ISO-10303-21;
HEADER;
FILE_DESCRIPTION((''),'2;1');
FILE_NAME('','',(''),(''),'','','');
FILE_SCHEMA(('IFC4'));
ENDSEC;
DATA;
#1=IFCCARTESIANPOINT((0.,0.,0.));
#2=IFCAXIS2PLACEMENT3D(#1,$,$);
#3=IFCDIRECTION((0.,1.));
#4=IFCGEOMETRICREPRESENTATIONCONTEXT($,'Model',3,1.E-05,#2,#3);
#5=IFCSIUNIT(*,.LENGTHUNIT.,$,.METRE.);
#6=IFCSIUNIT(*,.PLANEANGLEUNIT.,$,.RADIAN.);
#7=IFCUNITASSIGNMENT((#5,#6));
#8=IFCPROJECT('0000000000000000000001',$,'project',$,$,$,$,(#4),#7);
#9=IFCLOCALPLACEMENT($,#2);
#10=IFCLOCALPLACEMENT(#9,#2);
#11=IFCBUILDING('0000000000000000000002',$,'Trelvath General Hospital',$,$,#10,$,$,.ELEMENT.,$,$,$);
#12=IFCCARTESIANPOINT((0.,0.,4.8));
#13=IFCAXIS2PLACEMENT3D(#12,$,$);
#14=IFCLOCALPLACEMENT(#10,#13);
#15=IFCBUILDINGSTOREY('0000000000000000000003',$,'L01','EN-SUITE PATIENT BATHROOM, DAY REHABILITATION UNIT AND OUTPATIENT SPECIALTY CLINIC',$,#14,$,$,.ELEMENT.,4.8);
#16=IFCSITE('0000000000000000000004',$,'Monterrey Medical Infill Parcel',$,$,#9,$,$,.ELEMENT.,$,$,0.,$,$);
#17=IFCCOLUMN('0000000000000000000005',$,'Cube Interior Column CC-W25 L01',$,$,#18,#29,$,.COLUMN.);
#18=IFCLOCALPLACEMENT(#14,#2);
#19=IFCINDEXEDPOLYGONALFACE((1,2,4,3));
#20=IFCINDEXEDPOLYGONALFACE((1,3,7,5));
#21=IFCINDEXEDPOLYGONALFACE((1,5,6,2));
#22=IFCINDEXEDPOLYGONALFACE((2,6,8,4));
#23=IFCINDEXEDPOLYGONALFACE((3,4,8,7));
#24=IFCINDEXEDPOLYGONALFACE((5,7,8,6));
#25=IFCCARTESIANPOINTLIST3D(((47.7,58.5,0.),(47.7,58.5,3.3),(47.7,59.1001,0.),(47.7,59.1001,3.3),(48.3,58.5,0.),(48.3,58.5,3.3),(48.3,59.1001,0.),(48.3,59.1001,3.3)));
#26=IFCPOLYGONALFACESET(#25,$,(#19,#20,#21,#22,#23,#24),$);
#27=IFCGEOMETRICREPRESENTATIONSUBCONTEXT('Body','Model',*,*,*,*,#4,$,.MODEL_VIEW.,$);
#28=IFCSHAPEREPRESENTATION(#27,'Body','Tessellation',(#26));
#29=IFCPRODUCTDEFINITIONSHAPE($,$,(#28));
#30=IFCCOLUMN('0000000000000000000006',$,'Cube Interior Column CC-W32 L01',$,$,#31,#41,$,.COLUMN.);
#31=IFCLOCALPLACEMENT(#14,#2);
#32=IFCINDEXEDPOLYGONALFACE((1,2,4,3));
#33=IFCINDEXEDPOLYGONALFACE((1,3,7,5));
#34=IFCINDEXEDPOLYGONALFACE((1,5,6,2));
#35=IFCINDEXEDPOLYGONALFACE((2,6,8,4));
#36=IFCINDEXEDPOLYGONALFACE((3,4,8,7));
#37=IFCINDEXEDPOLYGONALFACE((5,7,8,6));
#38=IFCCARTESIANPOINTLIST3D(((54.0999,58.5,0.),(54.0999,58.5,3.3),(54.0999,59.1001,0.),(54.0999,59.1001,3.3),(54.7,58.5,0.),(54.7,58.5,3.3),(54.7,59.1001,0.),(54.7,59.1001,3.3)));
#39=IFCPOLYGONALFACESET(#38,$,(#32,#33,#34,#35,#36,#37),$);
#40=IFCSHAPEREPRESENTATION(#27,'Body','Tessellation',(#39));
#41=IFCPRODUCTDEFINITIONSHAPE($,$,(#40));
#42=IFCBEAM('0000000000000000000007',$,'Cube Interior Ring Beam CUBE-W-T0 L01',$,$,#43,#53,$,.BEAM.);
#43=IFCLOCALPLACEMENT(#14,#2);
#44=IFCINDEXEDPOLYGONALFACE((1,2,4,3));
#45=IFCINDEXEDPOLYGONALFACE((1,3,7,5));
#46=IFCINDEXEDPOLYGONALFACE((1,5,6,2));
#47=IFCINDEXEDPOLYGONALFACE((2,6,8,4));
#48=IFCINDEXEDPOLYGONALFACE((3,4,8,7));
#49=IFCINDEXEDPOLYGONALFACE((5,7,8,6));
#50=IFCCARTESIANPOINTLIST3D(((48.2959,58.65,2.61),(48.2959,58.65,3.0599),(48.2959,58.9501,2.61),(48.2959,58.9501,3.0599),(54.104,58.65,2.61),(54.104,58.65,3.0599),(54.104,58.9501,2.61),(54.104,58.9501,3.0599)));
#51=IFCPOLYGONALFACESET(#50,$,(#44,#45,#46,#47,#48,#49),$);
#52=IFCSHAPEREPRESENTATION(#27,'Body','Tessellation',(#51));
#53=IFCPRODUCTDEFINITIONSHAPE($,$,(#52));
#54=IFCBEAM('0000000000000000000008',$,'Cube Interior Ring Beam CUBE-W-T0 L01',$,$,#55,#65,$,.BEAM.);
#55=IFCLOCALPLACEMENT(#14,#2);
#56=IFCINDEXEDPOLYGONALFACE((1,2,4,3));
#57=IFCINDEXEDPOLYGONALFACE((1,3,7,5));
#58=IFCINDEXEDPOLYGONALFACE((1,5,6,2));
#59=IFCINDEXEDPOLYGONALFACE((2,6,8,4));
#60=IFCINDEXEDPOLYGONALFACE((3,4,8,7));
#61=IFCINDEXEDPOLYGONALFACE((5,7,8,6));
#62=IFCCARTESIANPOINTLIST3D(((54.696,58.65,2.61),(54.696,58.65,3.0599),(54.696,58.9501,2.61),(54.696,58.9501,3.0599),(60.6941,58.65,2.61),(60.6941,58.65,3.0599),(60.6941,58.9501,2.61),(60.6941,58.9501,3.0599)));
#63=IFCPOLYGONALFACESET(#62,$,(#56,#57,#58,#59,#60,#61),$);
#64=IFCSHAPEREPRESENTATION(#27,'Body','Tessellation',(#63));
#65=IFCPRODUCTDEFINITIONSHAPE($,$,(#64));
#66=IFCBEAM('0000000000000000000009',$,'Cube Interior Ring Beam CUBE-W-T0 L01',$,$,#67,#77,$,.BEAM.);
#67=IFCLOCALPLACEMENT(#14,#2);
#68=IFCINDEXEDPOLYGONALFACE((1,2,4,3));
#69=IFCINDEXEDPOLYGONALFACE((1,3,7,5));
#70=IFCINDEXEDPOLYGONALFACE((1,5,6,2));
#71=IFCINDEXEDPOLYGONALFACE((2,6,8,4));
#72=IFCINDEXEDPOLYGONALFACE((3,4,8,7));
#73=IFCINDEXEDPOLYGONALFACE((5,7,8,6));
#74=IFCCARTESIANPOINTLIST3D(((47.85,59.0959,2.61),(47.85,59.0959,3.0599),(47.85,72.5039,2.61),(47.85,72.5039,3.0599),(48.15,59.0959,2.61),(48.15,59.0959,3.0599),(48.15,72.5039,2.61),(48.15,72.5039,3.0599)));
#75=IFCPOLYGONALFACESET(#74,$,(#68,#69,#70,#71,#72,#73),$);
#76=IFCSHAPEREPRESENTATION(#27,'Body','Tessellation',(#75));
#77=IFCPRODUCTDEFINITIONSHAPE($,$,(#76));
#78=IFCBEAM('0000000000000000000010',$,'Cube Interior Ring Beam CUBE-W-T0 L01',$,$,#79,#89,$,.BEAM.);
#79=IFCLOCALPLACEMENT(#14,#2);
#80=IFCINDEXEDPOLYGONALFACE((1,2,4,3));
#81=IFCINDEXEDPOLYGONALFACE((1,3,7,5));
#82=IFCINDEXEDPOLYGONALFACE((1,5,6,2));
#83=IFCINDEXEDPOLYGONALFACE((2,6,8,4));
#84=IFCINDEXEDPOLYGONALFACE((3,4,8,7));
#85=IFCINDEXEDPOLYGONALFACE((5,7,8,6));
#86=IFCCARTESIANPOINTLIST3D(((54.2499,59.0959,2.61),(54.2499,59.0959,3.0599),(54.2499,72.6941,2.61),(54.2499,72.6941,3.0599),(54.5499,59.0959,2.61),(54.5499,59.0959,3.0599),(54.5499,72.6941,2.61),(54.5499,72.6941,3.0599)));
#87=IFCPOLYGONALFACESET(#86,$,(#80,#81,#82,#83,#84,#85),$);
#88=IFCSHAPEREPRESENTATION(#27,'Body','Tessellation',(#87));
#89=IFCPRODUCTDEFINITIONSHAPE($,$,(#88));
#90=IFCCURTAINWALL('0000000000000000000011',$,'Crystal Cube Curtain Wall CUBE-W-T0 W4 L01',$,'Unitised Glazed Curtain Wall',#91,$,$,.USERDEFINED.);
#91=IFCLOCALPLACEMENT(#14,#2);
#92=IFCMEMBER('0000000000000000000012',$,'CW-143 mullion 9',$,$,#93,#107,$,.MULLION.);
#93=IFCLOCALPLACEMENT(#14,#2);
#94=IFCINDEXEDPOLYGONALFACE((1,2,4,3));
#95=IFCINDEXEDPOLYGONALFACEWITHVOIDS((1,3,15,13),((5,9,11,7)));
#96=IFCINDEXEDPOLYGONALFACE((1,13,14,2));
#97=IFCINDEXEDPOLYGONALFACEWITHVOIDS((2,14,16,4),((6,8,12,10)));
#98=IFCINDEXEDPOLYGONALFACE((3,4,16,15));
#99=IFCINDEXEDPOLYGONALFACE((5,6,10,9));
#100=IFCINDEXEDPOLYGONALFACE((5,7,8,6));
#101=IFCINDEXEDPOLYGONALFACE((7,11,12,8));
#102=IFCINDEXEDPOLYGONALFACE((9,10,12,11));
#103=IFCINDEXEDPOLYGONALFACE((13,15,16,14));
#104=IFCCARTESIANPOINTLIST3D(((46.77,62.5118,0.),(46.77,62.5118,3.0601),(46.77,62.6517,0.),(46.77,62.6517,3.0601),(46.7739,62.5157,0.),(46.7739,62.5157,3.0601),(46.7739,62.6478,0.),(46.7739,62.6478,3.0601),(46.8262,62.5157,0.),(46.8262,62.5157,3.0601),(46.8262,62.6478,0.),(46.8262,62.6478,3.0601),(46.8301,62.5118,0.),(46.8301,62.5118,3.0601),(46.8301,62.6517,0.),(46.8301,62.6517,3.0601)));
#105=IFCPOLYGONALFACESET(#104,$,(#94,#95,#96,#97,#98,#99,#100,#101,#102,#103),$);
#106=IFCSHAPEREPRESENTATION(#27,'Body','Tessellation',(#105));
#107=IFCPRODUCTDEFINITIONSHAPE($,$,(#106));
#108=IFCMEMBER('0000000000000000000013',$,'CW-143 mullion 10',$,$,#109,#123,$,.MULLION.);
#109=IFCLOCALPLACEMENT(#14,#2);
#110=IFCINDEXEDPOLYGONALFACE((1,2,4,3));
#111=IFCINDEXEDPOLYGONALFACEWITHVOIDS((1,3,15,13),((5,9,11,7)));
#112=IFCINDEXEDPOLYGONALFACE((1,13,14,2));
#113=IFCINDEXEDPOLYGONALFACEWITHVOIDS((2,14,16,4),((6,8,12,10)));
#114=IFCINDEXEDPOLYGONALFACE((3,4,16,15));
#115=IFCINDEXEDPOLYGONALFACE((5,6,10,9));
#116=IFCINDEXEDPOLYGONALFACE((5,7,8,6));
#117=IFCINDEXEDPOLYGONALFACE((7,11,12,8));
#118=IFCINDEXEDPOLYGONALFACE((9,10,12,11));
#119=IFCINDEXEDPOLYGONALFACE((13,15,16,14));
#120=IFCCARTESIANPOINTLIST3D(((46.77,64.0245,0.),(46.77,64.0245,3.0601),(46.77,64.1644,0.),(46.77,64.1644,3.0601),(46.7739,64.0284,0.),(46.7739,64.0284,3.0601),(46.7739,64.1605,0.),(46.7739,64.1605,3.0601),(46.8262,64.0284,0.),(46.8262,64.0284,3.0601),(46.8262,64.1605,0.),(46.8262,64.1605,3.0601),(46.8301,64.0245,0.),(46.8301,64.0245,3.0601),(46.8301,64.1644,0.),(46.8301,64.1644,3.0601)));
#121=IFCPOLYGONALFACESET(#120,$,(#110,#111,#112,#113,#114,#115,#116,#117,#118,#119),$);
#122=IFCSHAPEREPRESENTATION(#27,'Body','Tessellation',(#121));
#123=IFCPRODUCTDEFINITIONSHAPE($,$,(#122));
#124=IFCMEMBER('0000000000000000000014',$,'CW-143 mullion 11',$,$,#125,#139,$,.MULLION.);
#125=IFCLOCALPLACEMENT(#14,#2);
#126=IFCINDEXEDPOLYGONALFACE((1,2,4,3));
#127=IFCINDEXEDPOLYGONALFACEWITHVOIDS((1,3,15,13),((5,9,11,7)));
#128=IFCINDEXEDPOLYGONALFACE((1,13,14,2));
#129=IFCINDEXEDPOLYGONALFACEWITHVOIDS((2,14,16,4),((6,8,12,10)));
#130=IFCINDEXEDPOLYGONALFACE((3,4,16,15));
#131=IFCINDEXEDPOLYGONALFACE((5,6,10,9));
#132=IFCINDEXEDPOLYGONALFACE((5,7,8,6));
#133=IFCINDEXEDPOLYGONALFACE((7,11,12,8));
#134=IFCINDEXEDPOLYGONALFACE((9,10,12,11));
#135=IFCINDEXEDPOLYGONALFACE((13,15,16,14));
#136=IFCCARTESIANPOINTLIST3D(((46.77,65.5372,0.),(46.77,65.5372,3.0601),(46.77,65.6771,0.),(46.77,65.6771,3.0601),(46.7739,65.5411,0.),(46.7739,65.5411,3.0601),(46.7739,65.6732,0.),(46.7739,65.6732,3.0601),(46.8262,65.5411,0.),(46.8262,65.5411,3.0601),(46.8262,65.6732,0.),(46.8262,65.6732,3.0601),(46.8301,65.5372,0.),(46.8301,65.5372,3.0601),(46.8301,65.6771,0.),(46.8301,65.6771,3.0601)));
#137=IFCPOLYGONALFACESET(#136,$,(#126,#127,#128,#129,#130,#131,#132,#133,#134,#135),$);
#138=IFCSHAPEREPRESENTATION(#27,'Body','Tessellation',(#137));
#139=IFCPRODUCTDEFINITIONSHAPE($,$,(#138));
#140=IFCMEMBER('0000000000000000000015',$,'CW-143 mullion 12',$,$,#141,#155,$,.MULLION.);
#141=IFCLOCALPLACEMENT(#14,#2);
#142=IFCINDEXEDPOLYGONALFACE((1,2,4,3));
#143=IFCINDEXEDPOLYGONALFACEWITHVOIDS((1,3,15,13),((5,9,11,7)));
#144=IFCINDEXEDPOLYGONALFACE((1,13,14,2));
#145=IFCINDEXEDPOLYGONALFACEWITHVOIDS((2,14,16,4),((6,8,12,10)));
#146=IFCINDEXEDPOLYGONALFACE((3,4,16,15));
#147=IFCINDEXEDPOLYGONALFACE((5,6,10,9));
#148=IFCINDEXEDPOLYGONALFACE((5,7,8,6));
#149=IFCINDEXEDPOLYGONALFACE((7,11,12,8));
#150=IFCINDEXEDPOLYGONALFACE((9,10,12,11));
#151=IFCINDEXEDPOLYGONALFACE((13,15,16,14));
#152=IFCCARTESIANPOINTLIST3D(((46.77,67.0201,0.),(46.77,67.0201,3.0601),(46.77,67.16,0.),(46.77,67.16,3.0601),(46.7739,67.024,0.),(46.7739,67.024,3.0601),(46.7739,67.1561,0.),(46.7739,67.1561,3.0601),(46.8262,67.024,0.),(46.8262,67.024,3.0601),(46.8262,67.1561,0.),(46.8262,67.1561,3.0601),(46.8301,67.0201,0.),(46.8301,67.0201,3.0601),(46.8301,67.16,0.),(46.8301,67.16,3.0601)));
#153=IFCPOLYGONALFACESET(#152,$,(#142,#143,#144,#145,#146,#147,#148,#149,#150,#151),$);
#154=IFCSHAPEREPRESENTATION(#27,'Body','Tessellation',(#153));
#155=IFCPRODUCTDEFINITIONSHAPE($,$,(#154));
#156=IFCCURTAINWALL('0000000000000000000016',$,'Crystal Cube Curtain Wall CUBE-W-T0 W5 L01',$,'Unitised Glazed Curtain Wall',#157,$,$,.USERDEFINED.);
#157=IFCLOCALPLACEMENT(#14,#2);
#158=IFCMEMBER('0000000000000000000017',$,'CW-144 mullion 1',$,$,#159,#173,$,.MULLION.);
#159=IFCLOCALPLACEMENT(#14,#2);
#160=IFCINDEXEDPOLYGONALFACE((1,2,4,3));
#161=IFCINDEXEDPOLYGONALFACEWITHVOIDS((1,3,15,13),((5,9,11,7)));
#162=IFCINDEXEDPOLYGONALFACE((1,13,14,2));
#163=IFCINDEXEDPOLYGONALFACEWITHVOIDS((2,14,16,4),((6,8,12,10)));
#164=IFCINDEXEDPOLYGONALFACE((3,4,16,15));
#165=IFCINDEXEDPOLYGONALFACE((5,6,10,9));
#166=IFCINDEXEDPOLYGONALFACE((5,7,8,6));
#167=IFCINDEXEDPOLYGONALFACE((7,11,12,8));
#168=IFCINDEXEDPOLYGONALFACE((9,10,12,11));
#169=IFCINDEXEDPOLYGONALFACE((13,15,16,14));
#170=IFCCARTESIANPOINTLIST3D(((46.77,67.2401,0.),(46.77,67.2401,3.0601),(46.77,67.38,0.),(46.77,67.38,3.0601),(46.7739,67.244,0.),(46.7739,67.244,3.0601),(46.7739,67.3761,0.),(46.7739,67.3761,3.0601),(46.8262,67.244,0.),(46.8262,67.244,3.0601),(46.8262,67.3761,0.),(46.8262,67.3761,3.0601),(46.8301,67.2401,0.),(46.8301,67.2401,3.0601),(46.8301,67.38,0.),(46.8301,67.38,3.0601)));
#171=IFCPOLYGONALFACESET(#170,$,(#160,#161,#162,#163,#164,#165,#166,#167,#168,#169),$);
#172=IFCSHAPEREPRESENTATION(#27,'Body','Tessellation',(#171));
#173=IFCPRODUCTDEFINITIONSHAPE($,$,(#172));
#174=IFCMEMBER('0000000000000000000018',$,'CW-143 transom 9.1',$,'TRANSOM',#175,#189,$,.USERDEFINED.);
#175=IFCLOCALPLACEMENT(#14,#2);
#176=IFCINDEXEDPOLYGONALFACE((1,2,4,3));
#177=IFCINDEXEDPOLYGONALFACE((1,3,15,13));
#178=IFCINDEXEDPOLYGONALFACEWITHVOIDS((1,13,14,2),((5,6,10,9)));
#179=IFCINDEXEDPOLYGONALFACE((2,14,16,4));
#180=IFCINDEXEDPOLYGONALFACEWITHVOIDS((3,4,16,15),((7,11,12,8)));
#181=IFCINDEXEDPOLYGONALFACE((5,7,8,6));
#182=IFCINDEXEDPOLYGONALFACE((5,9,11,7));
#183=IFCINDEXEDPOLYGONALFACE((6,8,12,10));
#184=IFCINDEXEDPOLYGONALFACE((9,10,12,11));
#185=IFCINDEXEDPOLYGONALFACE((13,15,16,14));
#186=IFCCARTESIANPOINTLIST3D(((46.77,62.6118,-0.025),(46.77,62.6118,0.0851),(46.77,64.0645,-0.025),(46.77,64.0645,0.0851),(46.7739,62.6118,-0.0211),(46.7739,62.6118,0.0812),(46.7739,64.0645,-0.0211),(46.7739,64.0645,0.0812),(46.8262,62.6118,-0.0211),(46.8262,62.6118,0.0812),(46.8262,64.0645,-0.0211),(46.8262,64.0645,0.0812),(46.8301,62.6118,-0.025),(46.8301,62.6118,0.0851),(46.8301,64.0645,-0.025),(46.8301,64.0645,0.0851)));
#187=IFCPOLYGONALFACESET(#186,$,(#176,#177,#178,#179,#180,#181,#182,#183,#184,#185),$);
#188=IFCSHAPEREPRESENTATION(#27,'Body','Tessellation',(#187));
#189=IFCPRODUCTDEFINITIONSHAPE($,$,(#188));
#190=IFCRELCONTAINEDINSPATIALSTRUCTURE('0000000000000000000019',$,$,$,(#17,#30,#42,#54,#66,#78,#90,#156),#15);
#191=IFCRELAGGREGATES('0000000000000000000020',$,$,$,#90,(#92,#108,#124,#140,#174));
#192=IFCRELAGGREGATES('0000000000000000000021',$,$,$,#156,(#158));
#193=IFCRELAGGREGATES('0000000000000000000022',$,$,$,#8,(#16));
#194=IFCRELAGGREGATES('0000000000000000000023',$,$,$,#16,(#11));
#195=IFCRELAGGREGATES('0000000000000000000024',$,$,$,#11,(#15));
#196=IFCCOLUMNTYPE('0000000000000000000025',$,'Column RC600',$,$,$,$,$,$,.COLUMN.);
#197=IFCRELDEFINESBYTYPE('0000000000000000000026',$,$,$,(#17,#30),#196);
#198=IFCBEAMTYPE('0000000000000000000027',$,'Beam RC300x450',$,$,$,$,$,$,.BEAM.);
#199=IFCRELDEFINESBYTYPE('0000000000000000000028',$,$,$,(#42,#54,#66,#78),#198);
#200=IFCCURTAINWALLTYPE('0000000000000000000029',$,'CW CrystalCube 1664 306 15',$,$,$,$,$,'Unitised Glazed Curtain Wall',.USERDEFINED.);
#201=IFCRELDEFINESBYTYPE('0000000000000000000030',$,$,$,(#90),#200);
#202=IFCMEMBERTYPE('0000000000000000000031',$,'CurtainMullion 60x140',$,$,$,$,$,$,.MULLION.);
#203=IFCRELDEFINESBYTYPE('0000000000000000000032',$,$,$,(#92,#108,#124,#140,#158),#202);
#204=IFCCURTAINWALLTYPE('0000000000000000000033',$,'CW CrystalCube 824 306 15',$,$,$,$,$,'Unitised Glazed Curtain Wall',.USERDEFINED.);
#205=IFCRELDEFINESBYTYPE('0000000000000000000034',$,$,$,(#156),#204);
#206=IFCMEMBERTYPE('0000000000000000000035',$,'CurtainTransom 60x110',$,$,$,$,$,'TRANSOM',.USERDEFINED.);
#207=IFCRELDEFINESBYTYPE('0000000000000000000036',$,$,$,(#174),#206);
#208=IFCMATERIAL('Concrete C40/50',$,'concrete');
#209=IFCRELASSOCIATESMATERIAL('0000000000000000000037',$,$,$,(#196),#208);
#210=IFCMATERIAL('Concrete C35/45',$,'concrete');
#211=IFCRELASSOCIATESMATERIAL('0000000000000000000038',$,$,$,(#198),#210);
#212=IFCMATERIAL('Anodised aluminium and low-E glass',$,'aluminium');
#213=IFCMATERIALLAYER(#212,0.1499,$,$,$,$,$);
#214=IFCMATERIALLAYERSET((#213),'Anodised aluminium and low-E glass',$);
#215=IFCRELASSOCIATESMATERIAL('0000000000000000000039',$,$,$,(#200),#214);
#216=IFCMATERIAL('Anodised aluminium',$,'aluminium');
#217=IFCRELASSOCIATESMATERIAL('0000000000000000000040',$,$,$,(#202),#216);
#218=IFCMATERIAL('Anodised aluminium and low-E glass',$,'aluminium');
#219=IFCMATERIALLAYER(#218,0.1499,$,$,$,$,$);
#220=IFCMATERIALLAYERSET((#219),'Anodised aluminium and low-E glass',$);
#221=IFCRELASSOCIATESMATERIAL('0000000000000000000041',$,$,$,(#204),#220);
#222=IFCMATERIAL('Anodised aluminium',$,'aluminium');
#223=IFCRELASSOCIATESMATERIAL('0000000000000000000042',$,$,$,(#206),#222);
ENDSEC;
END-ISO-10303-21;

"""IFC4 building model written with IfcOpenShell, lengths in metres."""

from ifc_helpers import new_model, si_unit, direction, frame, origin, origin_2d, place, context, subcontext, project, spatial, rectangle, hollow_rectangle, extrude, material, layer, layer_set, material_profile, profile_set, type_object, element, aggregate, save


model = new_model("IFC4")

# Units and contexts
model_context = context("Model", 3, precision=1e-05, world=origin(), true_north=direction((0.0, 1.0)))
body_context = subcontext(model_context, "Body", "Model", "MODEL_VIEW")
ifc_project = project(units=[si_unit("LENGTHUNIT", "METRE"), si_unit("PLANEANGLEUNIT", "RADIAN")], contexts=[model_context])

# Site, building, storey
site_placement = place(None, origin())
site = spatial("IfcSite", under=ifc_project, at=site_placement, Name="Monterrey Medical Infill Parcel", CompositionType="ELEMENT", RefElevation=0.0)
building_placement = place(site_placement, origin())
building = spatial("IfcBuilding", under=site, at=building_placement, Name="Trelvath General Hospital", CompositionType="ELEMENT")
storey_placement = place(building_placement, frame((0.0, 0.0, 4.8)))
storey = spatial("IfcBuildingStorey", under=building, at=storey_placement, Name="L01", Description="EN-SUITE PATIENT BATHROOM, DAY REHABILITATION UNIT AND OUTPATIENT SPECIALTY CLINIC", CompositionType="ELEMENT", Elevation=4.8)

# Columns
ifc_material_1 = material(Name="Concrete C40/50", Category="concrete")
ifc_material_profile_1 = material_profile(ifc_material_1, rectangle(XDim=0.6001, YDim=0.6001, at=origin_2d()), Name="RC600x600")
ifc_profile_set_1 = profile_set([ifc_material_profile_1], Name="Concrete C40/50")
column_type = type_object("IfcColumnType", Name="Column RC600", PredefinedType="COLUMN", material=ifc_profile_set_1)
for number, where, z_axis, x_axis, name in (
    (1, (48.0, 58.8, 0.0), (0.0, 0.0, 1.0), (1.0, 0.0, 0.0), "Cube Interior Column CC-W25 L01"),
    (2, (54.3999, 58.8, 0.0), (0.0, 0.0, 1.0), (1.0, 0.0, 0.0), "Cube Interior Column CC-W32 L01"),
):
    element("IfcColumn", number, at=place(storey_placement, frame(where, z_axis=z_axis, x_axis=x_axis)), inside=storey, type_object=column_type, Name=name, PredefinedType="COLUMN", context=body_context, shape_type="SweptSolid", body=[
        extrude(rectangle(XDim=0.6001, YDim=0.6001, at=origin_2d()), origin(), (0.0, 0.0, 1.0), 3.3),
    ])

# Beams
ifc_material_2 = material(Name="Concrete C35/45", Category="concrete")
ifc_material_profile_2 = material_profile(ifc_material_2, rectangle(XDim=0.3, YDim=0.45, at=origin_2d()), Name="RCB300x450")
ifc_profile_set_2 = profile_set([ifc_material_profile_2], Name="Concrete C35/45")
beam_type = type_object("IfcBeamType", Name="Beam RC300x450", PredefinedType="BEAM", material=ifc_profile_set_2)
beam_1_placement = place(storey_placement, frame((48.2959, 58.8, 2.835), z_axis=(1.0, 0.0, 0.0), x_axis=(0.0, 1.0, 0.0)))
element("IfcBeam", 3, at=beam_1_placement, inside=storey, type_object=beam_type, Name="Cube Interior Ring Beam CUBE-W-T0 L01", PredefinedType="BEAM", context=body_context, shape_type="SweptSolid", body=[
    extrude(rectangle(XDim=0.3, YDim=0.45, at=origin_2d()), origin(), (0.0, 0.0, 1.0), 5.8081),
])
beam_2_placement = place(storey_placement, frame((54.696, 58.8, 2.835), z_axis=(1.0, 0.0, 0.0), x_axis=(0.0, 1.0, 0.0)))
element("IfcBeam", 4, at=beam_2_placement, inside=storey, type_object=beam_type, Name="Cube Interior Ring Beam CUBE-W-T0 L01", PredefinedType="BEAM", context=body_context, shape_type="SweptSolid", body=[
    extrude(rectangle(XDim=0.3, YDim=0.45, at=origin_2d()), origin(), (0.0, 0.0, 1.0), 5.998),
])
beam_3_placement = place(storey_placement, frame((48.0, 59.0959, 2.835), z_axis=(0.0, 1.0, 0.0), x_axis=(-1.0, 0.0, 0.0)))
element("IfcBeam", 5, at=beam_3_placement, inside=storey, type_object=beam_type, Name="Cube Interior Ring Beam CUBE-W-T0 L01", PredefinedType="BEAM", context=body_context, shape_type="SweptSolid", body=[
    extrude(rectangle(XDim=0.3, YDim=0.45, at=origin_2d()), origin(), (0.0, 0.0, 1.0), 13.408),
])
beam_4_placement = place(storey_placement, frame((54.3999, 59.0959, 2.835), z_axis=(0.0, 1.0, 0.0), x_axis=(-1.0, 0.0, 0.0)))
element("IfcBeam", 6, at=beam_4_placement, inside=storey, type_object=beam_type, Name="Cube Interior Ring Beam CUBE-W-T0 L01", PredefinedType="BEAM", context=body_context, shape_type="SweptSolid", body=[
    extrude(rectangle(XDim=0.3, YDim=0.45, at=origin_2d()), origin(), (0.0, 0.0, 1.0), 13.5981),
])

# Curtain wall, members
ifc_material_3 = material(Name="Anodised aluminium and low-E glass", Category="aluminium")
ifc_layer_1 = layer(ifc_material_3, 0.1499)
ifc_layer_set_1 = layer_set([ifc_layer_1], Name="Anodised aluminium and low-E glass")
curtain_wall_type_1 = type_object("IfcCurtainWallType", Name="CW CrystalCube 1664 306 15", ElementType="Unitised Glazed Curtain Wall", PredefinedType="USERDEFINED", material=ifc_layer_set_1)
curtain_wall_1_placement = place(storey_placement, origin())
curtain_wall_1 = element("IfcCurtainWall", 7, at=curtain_wall_1_placement, inside=storey, type_object=curtain_wall_type_1, Name="Crystal Cube Curtain Wall CUBE-W-T0 W4 L01", ObjectType="Unitised Glazed Curtain Wall", PredefinedType="USERDEFINED")
ifc_material_4 = material(Name="Anodised aluminium", Category="aluminium")
ifc_material_profile_3 = material_profile(ifc_material_4, hollow_rectangle(XDim=0.0601, YDim=0.1399, WallThickness=0.0039, at=origin_2d()), Name="RHS60x140x4")
ifc_profile_set_3 = profile_set([ifc_material_profile_3], Name="Anodised aluminium")
member_type_1 = type_object("IfcMemberType", Name="CurtainMullion 60x140", PredefinedType="MULLION", material=ifc_profile_set_3)
member_1_placement = place(storey_placement, frame((46.8, 62.5818, 0.0), z_axis=(0.0, 0.0, 1.0), x_axis=(-1.0, 0.0, 0.0)))
member_1 = element("IfcMember", 8, at=member_1_placement, type_object=member_type_1, Name="CW-143 mullion 9", PredefinedType="MULLION", context=body_context, shape_type="SweptSolid", body=[
    extrude(hollow_rectangle(XDim=0.0601, YDim=0.1399, WallThickness=0.0039, at=origin_2d()), origin(), (0.0, 0.0, 1.0), 3.0601),
])
member_2_placement = place(storey_placement, frame((46.8, 64.0945, 0.0), z_axis=(0.0, 0.0, 1.0), x_axis=(-1.0, 0.0, 0.0)))
member_2 = element("IfcMember", 9, at=member_2_placement, type_object=member_type_1, Name="CW-143 mullion 10", PredefinedType="MULLION", context=body_context, shape_type="SweptSolid", body=[
    extrude(hollow_rectangle(XDim=0.0601, YDim=0.1399, WallThickness=0.0039, at=origin_2d()), origin(), (0.0, 0.0, 1.0), 3.0601),
])
member_3_placement = place(storey_placement, frame((46.8, 65.6072, 0.0), z_axis=(0.0, 0.0, 1.0), x_axis=(-1.0, 0.0, 0.0)))
member_3 = element("IfcMember", 10, at=member_3_placement, type_object=member_type_1, Name="CW-143 mullion 11", PredefinedType="MULLION", context=body_context, shape_type="SweptSolid", body=[
    extrude(hollow_rectangle(XDim=0.0601, YDim=0.1399, WallThickness=0.0039, at=origin_2d()), origin(), (0.0, 0.0, 1.0), 3.0601),
])
member_4_placement = place(storey_placement, frame((46.8, 67.0901, 0.0), z_axis=(0.0, 0.0, 1.0), x_axis=(-1.0, 0.0, 0.0)))
member_4 = element("IfcMember", 11, at=member_4_placement, type_object=member_type_1, Name="CW-143 mullion 12", PredefinedType="MULLION", context=body_context, shape_type="SweptSolid", body=[
    extrude(hollow_rectangle(XDim=0.0601, YDim=0.1399, WallThickness=0.0039, at=origin_2d()), origin(), (0.0, 0.0, 1.0), 3.0601),
])

# Curtain wall, member
ifc_material_5 = material(Name="Anodised aluminium and low-E glass", Category="aluminium")
ifc_layer_2 = layer(ifc_material_5, 0.1499)
ifc_layer_set_2 = layer_set([ifc_layer_2], Name="Anodised aluminium and low-E glass")
curtain_wall_type_2 = type_object("IfcCurtainWallType", Name="CW CrystalCube 824 306 15", ElementType="Unitised Glazed Curtain Wall", PredefinedType="USERDEFINED", material=ifc_layer_set_2)
curtain_wall_2_placement = place(storey_placement, origin())
curtain_wall_2 = element("IfcCurtainWall", 12, at=curtain_wall_2_placement, inside=storey, type_object=curtain_wall_type_2, Name="Crystal Cube Curtain Wall CUBE-W-T0 W5 L01", ObjectType="Unitised Glazed Curtain Wall", PredefinedType="USERDEFINED")
member_5_placement = place(storey_placement, frame((46.8, 67.3101, 0.0), z_axis=(0.0, 0.0, 1.0), x_axis=(-1.0, 0.0, 0.0)))
member_5 = element("IfcMember", 13, at=member_5_placement, type_object=member_type_1, Name="CW-144 mullion 1", PredefinedType="MULLION", context=body_context, shape_type="SweptSolid", body=[
    extrude(hollow_rectangle(XDim=0.0601, YDim=0.1399, WallThickness=0.0039, at=origin_2d()), origin(), (0.0, 0.0, 1.0), 3.0601),
])

# Member
ifc_material_6 = material(Name="Anodised aluminium", Category="aluminium")
ifc_material_profile_4 = material_profile(ifc_material_6, hollow_rectangle(XDim=0.0601, YDim=0.1101, WallThickness=0.0039, at=origin_2d()), Name="RHS60x110x4")
ifc_profile_set_4 = profile_set([ifc_material_profile_4], Name="Anodised aluminium")
member_type_2 = type_object("IfcMemberType", Name="CurtainTransom 60x110", ElementType="TRANSOM", PredefinedType="USERDEFINED", material=ifc_profile_set_4)
member_6_placement = place(storey_placement, frame((46.8, 62.6118, 0.03), z_axis=(0.0, 1.0, 0.0), x_axis=(-1.0, 0.0, 0.0)))
member_6 = element("IfcMember", 14, at=member_6_placement, type_object=member_type_2, Name="CW-143 transom 9.1", ObjectType="TRANSOM", PredefinedType="USERDEFINED", context=body_context, shape_type="SweptSolid", body=[
    extrude(hollow_rectangle(XDim=0.0601, YDim=0.1101, WallThickness=0.0039, at=origin_2d()), origin(), (0.0, 0.0, 1.0), 1.4526),
])

aggregate(curtain_wall_1, [member_1, member_2, member_3, member_4, member_6])
aggregate(curtain_wall_2, [member_5])

save(model, "model.ifc")
